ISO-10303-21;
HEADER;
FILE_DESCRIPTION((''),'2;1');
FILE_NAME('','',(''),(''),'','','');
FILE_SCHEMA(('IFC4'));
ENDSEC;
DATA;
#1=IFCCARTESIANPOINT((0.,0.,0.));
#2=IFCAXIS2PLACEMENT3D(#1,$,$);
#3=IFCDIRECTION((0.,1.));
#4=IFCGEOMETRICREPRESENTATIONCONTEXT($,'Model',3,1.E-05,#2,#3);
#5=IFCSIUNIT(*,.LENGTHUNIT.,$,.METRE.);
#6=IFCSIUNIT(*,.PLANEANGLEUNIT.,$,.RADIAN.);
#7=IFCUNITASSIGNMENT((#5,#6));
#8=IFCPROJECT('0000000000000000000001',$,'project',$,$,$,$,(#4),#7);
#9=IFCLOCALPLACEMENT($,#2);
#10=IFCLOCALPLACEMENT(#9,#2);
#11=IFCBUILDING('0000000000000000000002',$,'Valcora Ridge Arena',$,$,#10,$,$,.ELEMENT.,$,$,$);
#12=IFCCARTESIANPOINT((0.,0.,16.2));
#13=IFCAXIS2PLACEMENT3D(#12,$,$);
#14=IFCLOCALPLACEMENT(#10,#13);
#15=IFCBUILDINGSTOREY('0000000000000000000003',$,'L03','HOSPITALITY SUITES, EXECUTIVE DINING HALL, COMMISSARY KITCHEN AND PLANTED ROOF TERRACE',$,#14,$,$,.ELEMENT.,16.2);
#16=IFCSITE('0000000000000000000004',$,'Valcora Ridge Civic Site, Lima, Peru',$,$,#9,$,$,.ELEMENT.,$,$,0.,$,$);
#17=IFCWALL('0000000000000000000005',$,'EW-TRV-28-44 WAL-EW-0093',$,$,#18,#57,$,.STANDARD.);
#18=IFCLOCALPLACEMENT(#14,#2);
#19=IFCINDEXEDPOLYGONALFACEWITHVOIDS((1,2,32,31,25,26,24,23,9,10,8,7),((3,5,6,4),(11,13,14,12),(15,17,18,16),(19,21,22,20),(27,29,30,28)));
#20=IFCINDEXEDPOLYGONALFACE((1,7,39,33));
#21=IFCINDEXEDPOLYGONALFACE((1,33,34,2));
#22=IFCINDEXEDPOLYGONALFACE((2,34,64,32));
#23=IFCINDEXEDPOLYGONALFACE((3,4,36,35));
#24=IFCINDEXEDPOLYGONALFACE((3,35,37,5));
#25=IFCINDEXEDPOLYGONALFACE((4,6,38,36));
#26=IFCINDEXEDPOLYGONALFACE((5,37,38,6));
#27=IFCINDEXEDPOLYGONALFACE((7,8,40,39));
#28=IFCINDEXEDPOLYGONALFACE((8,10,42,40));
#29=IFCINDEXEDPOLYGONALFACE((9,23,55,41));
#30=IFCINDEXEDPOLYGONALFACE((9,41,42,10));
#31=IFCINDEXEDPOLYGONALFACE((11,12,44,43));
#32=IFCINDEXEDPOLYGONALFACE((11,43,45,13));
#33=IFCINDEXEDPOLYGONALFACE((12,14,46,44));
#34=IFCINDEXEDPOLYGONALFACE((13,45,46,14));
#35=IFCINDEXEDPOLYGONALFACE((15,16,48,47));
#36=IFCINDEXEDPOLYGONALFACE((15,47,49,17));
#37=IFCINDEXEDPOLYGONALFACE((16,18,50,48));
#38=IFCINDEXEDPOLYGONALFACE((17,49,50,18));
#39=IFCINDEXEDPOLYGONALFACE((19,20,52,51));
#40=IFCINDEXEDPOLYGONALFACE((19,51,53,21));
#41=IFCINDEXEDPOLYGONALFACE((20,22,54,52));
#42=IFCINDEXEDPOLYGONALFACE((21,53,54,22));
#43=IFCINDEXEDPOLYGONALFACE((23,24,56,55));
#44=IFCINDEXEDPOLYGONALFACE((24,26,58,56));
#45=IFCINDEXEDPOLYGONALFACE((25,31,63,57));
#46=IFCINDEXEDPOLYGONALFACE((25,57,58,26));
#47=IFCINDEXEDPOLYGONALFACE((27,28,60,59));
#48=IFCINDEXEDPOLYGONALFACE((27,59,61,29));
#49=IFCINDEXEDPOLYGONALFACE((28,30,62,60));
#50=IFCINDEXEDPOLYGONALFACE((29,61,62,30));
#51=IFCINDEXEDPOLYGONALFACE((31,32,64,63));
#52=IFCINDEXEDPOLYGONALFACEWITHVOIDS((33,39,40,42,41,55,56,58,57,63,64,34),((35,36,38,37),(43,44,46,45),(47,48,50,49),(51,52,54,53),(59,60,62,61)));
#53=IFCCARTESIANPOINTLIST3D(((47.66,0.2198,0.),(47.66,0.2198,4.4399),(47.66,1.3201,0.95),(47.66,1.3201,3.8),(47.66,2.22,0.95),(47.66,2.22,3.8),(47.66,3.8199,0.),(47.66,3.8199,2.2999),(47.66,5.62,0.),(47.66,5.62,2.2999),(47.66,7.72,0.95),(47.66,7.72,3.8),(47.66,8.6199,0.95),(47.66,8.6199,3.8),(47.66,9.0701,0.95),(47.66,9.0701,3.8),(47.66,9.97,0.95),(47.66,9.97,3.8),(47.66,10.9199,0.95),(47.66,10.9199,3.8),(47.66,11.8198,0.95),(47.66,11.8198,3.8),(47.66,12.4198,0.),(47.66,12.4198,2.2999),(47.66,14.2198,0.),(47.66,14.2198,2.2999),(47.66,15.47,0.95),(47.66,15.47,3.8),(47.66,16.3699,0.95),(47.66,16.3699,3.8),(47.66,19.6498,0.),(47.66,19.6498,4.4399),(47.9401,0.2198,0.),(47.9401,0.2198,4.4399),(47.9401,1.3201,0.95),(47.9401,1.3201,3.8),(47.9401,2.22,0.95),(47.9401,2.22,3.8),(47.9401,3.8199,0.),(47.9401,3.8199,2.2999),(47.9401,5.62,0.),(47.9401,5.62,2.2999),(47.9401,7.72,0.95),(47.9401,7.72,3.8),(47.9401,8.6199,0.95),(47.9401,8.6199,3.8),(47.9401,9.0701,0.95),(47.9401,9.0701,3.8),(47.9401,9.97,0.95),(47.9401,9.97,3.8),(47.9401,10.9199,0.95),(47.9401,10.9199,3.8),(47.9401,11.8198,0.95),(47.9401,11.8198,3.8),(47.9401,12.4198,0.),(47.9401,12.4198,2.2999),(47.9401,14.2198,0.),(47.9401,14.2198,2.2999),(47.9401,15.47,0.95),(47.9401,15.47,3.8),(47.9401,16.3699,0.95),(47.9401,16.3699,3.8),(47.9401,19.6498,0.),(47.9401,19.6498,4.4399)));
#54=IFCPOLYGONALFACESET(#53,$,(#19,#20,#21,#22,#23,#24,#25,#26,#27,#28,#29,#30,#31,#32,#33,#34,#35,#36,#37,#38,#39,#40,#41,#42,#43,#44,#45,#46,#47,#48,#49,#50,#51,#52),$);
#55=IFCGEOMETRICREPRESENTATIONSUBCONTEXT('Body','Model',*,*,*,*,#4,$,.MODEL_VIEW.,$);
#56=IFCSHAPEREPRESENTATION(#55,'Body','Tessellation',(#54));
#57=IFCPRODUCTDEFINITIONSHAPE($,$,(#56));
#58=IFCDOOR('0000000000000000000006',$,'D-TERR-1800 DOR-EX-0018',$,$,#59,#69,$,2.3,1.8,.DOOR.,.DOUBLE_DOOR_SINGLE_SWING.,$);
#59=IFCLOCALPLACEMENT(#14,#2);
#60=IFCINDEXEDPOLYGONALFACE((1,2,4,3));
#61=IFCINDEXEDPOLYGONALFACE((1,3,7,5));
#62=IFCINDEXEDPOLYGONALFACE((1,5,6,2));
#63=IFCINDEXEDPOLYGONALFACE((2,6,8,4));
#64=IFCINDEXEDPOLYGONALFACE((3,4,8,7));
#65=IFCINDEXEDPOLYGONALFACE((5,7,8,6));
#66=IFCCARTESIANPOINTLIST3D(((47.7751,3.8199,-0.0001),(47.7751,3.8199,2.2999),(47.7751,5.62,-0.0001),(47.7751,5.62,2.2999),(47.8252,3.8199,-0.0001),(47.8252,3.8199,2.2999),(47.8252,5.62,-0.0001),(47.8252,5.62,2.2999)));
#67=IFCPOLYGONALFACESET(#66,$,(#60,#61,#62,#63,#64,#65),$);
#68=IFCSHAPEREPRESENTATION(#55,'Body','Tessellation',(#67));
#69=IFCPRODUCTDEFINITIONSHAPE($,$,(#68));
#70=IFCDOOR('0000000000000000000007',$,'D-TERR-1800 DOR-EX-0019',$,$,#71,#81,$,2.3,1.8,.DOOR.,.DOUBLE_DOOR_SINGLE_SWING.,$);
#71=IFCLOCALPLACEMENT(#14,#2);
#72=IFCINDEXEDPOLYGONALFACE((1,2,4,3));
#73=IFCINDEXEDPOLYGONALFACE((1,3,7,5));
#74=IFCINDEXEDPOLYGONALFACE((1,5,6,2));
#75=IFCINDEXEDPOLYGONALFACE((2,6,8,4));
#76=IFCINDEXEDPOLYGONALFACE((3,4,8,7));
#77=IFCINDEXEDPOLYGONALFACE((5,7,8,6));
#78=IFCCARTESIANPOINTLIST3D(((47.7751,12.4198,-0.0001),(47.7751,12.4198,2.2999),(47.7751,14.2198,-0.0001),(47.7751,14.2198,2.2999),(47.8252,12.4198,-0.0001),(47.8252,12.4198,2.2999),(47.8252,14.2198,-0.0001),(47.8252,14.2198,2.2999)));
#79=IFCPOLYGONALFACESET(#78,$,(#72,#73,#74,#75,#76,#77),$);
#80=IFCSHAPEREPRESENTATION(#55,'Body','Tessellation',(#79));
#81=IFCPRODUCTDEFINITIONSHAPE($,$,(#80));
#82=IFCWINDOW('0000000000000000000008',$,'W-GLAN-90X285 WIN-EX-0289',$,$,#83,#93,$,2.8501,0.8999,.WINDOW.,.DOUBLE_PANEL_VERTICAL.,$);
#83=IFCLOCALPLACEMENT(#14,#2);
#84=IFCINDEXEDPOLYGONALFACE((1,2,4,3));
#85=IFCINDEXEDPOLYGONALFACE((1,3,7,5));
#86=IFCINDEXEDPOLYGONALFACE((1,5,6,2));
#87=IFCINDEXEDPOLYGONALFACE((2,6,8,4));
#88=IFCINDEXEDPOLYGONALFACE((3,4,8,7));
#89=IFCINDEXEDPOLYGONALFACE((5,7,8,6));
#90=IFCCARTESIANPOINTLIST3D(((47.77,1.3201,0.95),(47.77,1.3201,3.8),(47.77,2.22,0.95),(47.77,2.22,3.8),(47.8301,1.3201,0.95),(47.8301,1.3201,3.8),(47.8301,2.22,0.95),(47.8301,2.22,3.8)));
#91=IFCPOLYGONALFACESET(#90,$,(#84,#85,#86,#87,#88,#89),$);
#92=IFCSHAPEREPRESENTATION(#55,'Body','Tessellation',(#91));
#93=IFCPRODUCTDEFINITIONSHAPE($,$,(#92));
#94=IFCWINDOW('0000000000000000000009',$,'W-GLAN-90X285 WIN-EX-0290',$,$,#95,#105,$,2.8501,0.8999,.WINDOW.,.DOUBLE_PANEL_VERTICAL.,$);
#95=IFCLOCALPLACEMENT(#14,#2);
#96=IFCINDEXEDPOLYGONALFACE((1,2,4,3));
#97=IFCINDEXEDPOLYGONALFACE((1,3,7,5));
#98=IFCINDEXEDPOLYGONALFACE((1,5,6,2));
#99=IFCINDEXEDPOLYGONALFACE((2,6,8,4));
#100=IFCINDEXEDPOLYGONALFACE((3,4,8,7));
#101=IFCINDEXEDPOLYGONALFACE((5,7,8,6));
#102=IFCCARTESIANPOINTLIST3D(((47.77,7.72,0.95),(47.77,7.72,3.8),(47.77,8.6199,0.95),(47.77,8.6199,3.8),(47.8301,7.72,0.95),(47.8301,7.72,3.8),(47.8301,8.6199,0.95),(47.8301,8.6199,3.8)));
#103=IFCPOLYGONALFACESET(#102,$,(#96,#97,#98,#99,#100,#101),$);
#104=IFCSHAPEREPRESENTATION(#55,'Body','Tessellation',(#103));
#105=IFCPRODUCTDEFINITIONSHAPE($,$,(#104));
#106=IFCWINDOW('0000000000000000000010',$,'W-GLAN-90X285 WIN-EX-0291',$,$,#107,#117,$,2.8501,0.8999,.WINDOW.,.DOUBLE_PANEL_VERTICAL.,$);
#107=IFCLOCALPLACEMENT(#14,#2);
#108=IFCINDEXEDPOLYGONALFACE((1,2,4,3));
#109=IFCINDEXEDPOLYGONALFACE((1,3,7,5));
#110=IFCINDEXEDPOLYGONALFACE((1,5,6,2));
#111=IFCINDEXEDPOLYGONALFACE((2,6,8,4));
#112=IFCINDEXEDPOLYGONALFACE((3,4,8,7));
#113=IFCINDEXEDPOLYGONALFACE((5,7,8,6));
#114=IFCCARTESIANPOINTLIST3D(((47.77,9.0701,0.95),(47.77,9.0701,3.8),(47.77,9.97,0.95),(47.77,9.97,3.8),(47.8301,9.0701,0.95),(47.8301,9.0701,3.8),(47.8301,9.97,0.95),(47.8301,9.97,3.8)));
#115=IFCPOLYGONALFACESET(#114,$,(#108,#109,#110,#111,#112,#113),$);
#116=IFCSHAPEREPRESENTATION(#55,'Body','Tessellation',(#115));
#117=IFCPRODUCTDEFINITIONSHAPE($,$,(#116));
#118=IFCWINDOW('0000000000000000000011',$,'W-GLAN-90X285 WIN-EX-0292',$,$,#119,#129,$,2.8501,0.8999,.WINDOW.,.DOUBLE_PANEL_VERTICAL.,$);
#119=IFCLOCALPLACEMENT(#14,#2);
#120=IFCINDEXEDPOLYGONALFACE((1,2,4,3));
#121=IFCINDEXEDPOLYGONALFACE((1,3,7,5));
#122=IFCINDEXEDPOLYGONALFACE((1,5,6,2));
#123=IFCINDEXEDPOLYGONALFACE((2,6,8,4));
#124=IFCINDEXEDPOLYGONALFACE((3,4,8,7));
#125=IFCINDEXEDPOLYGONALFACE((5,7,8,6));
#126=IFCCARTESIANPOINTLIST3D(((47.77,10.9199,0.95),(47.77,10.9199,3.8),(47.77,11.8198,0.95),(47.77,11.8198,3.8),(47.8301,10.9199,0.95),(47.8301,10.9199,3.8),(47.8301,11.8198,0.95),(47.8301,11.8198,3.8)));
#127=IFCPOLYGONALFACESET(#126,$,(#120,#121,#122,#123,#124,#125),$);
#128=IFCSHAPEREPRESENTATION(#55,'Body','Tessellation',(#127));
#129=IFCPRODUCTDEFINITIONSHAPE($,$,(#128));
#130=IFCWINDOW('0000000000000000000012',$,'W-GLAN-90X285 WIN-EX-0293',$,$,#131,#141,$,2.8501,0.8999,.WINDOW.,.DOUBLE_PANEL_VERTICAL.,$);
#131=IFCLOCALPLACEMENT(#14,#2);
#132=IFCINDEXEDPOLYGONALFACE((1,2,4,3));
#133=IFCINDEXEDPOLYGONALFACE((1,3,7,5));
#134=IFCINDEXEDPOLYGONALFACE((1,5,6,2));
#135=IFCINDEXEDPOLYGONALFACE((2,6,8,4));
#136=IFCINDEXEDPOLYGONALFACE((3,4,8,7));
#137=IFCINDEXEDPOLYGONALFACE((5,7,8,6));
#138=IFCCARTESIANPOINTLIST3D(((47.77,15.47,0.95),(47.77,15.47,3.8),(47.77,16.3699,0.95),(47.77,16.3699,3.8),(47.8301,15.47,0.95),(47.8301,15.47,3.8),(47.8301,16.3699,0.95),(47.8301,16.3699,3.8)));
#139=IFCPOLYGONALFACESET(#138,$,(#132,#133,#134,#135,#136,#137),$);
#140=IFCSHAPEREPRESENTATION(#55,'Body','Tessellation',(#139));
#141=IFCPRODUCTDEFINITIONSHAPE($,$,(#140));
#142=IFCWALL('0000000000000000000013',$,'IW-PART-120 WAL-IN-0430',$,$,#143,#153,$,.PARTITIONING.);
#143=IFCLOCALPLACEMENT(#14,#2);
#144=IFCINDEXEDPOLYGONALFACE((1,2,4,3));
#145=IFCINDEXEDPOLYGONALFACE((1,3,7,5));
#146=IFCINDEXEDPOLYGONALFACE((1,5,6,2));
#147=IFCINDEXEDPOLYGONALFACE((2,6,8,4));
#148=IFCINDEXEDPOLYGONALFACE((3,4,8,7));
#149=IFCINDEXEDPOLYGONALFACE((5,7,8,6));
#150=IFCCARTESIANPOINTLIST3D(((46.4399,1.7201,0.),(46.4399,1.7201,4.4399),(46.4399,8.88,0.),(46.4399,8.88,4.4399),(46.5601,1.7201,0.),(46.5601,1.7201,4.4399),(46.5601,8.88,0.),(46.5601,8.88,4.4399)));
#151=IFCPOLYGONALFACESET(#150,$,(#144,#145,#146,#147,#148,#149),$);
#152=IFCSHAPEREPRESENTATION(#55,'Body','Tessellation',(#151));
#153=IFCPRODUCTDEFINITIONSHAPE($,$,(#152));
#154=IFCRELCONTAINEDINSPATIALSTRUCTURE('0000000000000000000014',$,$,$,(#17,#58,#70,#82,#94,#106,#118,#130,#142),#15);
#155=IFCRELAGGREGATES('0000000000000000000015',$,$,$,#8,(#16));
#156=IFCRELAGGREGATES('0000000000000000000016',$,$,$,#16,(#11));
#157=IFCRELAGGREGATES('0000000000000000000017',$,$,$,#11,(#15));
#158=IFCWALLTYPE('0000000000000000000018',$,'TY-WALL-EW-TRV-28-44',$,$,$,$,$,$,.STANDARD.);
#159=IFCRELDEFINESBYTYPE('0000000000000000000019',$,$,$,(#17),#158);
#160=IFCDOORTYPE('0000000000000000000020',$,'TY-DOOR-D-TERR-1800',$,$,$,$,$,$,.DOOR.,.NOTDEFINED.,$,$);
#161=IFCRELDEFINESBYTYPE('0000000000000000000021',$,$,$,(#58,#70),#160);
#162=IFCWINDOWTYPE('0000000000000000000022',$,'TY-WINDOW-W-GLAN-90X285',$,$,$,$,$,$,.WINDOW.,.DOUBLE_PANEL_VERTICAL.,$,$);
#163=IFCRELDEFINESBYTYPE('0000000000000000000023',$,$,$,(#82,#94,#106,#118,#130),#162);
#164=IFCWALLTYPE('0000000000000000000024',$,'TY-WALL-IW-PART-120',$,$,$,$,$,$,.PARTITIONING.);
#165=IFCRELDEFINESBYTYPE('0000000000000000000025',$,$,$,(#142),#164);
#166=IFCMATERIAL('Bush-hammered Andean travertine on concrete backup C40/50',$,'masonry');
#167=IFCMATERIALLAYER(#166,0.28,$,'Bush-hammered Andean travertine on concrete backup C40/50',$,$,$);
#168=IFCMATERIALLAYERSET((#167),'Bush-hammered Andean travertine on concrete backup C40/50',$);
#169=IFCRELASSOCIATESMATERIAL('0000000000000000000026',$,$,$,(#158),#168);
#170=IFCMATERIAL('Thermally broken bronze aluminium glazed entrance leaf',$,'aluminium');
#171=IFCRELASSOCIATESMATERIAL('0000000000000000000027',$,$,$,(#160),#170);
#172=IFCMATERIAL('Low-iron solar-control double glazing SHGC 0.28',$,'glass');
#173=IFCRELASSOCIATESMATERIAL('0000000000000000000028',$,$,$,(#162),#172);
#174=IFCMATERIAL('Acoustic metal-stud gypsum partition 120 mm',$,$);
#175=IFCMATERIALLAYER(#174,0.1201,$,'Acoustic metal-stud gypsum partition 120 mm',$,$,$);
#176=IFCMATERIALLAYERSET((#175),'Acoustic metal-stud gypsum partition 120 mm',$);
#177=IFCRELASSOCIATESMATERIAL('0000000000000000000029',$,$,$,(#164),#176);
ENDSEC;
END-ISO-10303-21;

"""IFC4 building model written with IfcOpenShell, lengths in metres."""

from ifc_helpers import new_model, si_unit, direction, frame, frame_2d, origin, place, context, subcontext, project, spatial, rectangle, extrude, material, layer, layer_set, type_object, element, fill, save


model = new_model("IFC4")

# Units and contexts
model_context = context("Model", 3, precision=1e-05, world=origin(), true_north=direction((0.0, 1.0)))
body_context = subcontext(model_context, "Body", "Model", "MODEL_VIEW")
ifc_project = project(units=[si_unit("LENGTHUNIT", "METRE"), si_unit("PLANEANGLEUNIT", "RADIAN")], contexts=[model_context])

# Site, building, storey
site_placement = place(None, origin())
site = spatial("IfcSite", under=ifc_project, at=site_placement, Name="Valcora Ridge Civic Site, Lima, Peru", CompositionType="ELEMENT", RefElevation=0.0)
building_placement = place(site_placement, origin())
building = spatial("IfcBuilding", under=site, at=building_placement, Name="Valcora Ridge Arena", CompositionType="ELEMENT")
storey_placement = place(building_placement, frame((0.0, 0.0, 16.2)))
storey = spatial("IfcBuildingStorey", under=building, at=storey_placement, Name="L03", Description="HOSPITALITY SUITES, EXECUTIVE DINING HALL, COMMISSARY KITCHEN AND PLANTED ROOF TERRACE", CompositionType="ELEMENT", Elevation=16.2)

# Shared definitions
ifc_material_1 = material(Name="Low-iron solar-control double glazing SHGC 0.28", Category="glass")

# Wall, openings, doors, windows
ifc_material_2 = material(Name="Bush-hammered Andean travertine on concrete backup C40/50", Category="masonry")
ifc_layer_1 = layer(ifc_material_2, 0.28, Name="Bush-hammered Andean travertine on concrete backup C40/50")
ifc_layer_set_1 = layer_set([ifc_layer_1], Name="Bush-hammered Andean travertine on concrete backup C40/50")
wall_type_1 = type_object("IfcWallType", Name="TY-WALL-EW-TRV-28-44", PredefinedType="STANDARD", material=ifc_layer_set_1)
wall_1_placement = place(storey_placement, frame((47.8, 0.22, 0.0), z_axis=(0.0, 0.0, 1.0), x_axis=(0.0, 1.0, 0.0)))
wall_1 = element("IfcWall", 1, at=wall_1_placement, inside=storey, type_object=wall_type_1, Name="EW-TRV-28-44 WAL-EW-0093", PredefinedType="STANDARD", context=body_context, shape_type="SweptSolid", body=[
    extrude(rectangle(XDim=19.4299, YDim=0.28, at=frame_2d((9.7148, 0.0))), origin(), (0.0, 0.0, 1.0), 4.4399),
])
opening_1_placement = place(wall_1_placement, frame((3.6001, 0.0, 0.0)))
opening_1 = element("IfcOpeningElement", 2, at=opening_1_placement, cuts=wall_1, PredefinedType="OPENING", context=body_context, shape_type="SweptSolid", body=[
    extrude(rectangle(XDim=1.8, YDim=2.3, at=frame_2d((0.8999, 1.1499))), frame((0.0, 0.1499, 0.0), z_axis=(0.0, -1.0, 0.0), x_axis=(1.0, 0.0, 0.0)), (0.0, 0.0, 1.0), 0.3),
])
opening_2_placement = place(wall_1_placement, frame((12.2, 0.0, 0.0)))
opening_2 = element("IfcOpeningElement", 3, at=opening_2_placement, cuts=wall_1, PredefinedType="OPENING", context=body_context, shape_type="SweptSolid", body=[
    extrude(rectangle(XDim=1.8, YDim=2.3, at=frame_2d((0.8999, 1.1499))), frame((0.0, 0.1499, 0.0), z_axis=(0.0, -1.0, 0.0), x_axis=(1.0, 0.0, 0.0)), (0.0, 0.0, 1.0), 0.3),
])
opening_3_placement = place(wall_1_placement, frame((1.1001, 0.0, 0.95)))
opening_3 = element("IfcOpeningElement", 4, at=opening_3_placement, cuts=wall_1, PredefinedType="OPENING", context=body_context, shape_type="SweptSolid", body=[
    extrude(rectangle(XDim=0.8999, YDim=2.8501, at=frame_2d((0.45, 1.425))), frame((0.0, 0.1499, 0.0), z_axis=(0.0, -1.0, 0.0), x_axis=(1.0, 0.0, 0.0)), (0.0, 0.0, 1.0), 0.3),
])
opening_4_placement = place(wall_1_placement, frame((7.5, 0.0, 0.95)))
opening_4 = element("IfcOpeningElement", 5, at=opening_4_placement, cuts=wall_1, PredefinedType="OPENING", context=body_context, shape_type="SweptSolid", body=[
    extrude(rectangle(XDim=0.8999, YDim=2.8501, at=frame_2d((0.45, 1.425))), frame((0.0, 0.1499, 0.0), z_axis=(0.0, -1.0, 0.0), x_axis=(1.0, 0.0, 0.0)), (0.0, 0.0, 1.0), 0.3),
])
opening_5_placement = place(wall_1_placement, frame((8.8501, 0.0, 0.95)))
opening_5 = element("IfcOpeningElement", 6, at=opening_5_placement, cuts=wall_1, PredefinedType="OPENING", context=body_context, shape_type="SweptSolid", body=[
    extrude(rectangle(XDim=0.8999, YDim=2.8501, at=frame_2d((0.45, 1.425))), frame((0.0, 0.1499, 0.0), z_axis=(0.0, -1.0, 0.0), x_axis=(1.0, 0.0, 0.0)), (0.0, 0.0, 1.0), 0.3),
])
opening_6_placement = place(wall_1_placement, frame((10.7, 0.0, 0.95)))
opening_6 = element("IfcOpeningElement", 7, at=opening_6_placement, cuts=wall_1, PredefinedType="OPENING", context=body_context, shape_type="SweptSolid", body=[
    extrude(rectangle(XDim=0.8999, YDim=2.8501, at=frame_2d((0.45, 1.425))), frame((0.0, 0.1499, 0.0), z_axis=(0.0, -1.0, 0.0), x_axis=(1.0, 0.0, 0.0)), (0.0, 0.0, 1.0), 0.3),
])
opening_7_placement = place(wall_1_placement, frame((15.25, 0.0, 0.95)))
opening_7 = element("IfcOpeningElement", 8, at=opening_7_placement, cuts=wall_1, PredefinedType="OPENING", context=body_context, shape_type="SweptSolid", body=[
    extrude(rectangle(XDim=0.8999, YDim=2.8501, at=frame_2d((0.45, 1.425))), frame((0.0, 0.1499, 0.0), z_axis=(0.0, -1.0, 0.0), x_axis=(1.0, 0.0, 0.0)), (0.0, 0.0, 1.0), 0.3),
])
ifc_material_3 = material(Name="Thermally broken bronze aluminium glazed entrance leaf", Category="aluminium")
door_type = type_object("IfcDoorType", Name="TY-DOOR-D-TERR-1800", OperationType="NOTDEFINED", PredefinedType="DOOR", material=ifc_material_3)
door_1_placement = place(opening_1_placement, origin())
door_1 = element("IfcDoor", 9, at=door_1_placement, inside=storey, type_object=door_type, Name="D-TERR-1800 DOR-EX-0018", OperationType="DOUBLE_DOOR_SINGLE_SWING", OverallHeight=2.3, OverallWidth=1.8, PredefinedType="DOOR", context=body_context, shape_type="SweptSolid", body=[
    extrude(rectangle(XDim=1.8, YDim=2.3, at=frame_2d((0.8999, 1.1499))), frame((0.0, 0.0249, 0.0), z_axis=(0.0, -1.0, 0.0), x_axis=(1.0, 0.0, 0.0)), (0.0, 0.0, 1.0), 0.05),
])
fill(opening_1, door_1)
door_2_placement = place(opening_2_placement, origin())
door_2 = element("IfcDoor", 10, at=door_2_placement, inside=storey, type_object=door_type, Name="D-TERR-1800 DOR-EX-0019", OperationType="DOUBLE_DOOR_SINGLE_SWING", OverallHeight=2.3, OverallWidth=1.8, PredefinedType="DOOR", context=body_context, shape_type="SweptSolid", body=[
    extrude(rectangle(XDim=1.8, YDim=2.3, at=frame_2d((0.8999, 1.1499))), frame((0.0, 0.0249, 0.0), z_axis=(0.0, -1.0, 0.0), x_axis=(1.0, 0.0, 0.0)), (0.0, 0.0, 1.0), 0.05),
])
fill(opening_2, door_2)
window_type = type_object("IfcWindowType", Name="TY-WINDOW-W-GLAN-90X285", PartitioningType="DOUBLE_PANEL_VERTICAL", PredefinedType="WINDOW", material=ifc_material_1)
window_1_placement = place(opening_3_placement, origin())
window_1 = element("IfcWindow", 11, at=window_1_placement, inside=storey, type_object=window_type, Name="W-GLAN-90X285 WIN-EX-0289", OverallHeight=2.8501, OverallWidth=0.8999, PartitioningType="DOUBLE_PANEL_VERTICAL", PredefinedType="WINDOW", context=body_context, shape_type="SweptSolid", body=[
    extrude(rectangle(XDim=0.8999, YDim=2.8501, at=frame_2d((0.45, 1.425))), frame((0.0, 0.03, 0.0), z_axis=(0.0, -1.0, 0.0), x_axis=(1.0, 0.0, 0.0)), (0.0, 0.0, 1.0), 0.0601),
])
fill(opening_3, window_1)
window_2_placement = place(opening_4_placement, origin())
window_2 = element("IfcWindow", 12, at=window_2_placement, inside=storey, type_object=window_type, Name="W-GLAN-90X285 WIN-EX-0290", OverallHeight=2.8501, OverallWidth=0.8999, PartitioningType="DOUBLE_PANEL_VERTICAL", PredefinedType="WINDOW", context=body_context, shape_type="SweptSolid", body=[
    extrude(rectangle(XDim=0.8999, YDim=2.8501, at=frame_2d((0.45, 1.425))), frame((0.0, 0.03, 0.0), z_axis=(0.0, -1.0, 0.0), x_axis=(1.0, 0.0, 0.0)), (0.0, 0.0, 1.0), 0.0601),
])
fill(opening_4, window_2)
window_3_placement = place(opening_5_placement, origin())
window_3 = element("IfcWindow", 13, at=window_3_placement, inside=storey, type_object=window_type, Name="W-GLAN-90X285 WIN-EX-0291", OverallHeight=2.8501, OverallWidth=0.8999, PartitioningType="DOUBLE_PANEL_VERTICAL", PredefinedType="WINDOW", context=body_context, shape_type="SweptSolid", body=[
    extrude(rectangle(XDim=0.8999, YDim=2.8501, at=frame_2d((0.45, 1.425))), frame((0.0, 0.03, 0.0), z_axis=(0.0, -1.0, 0.0), x_axis=(1.0, 0.0, 0.0)), (0.0, 0.0, 1.0), 0.0601),
])
fill(opening_5, window_3)
window_4_placement = place(opening_6_placement, origin())
window_4 = element("IfcWindow", 14, at=window_4_placement, inside=storey, type_object=window_type, Name="W-GLAN-90X285 WIN-EX-0292", OverallHeight=2.8501, OverallWidth=0.8999, PartitioningType="DOUBLE_PANEL_VERTICAL", PredefinedType="WINDOW", context=body_context, shape_type="SweptSolid", body=[
    extrude(rectangle(XDim=0.8999, YDim=2.8501, at=frame_2d((0.45, 1.425))), frame((0.0, 0.03, 0.0), z_axis=(0.0, -1.0, 0.0), x_axis=(1.0, 0.0, 0.0)), (0.0, 0.0, 1.0), 0.0601),
])
fill(opening_6, window_4)
window_5_placement = place(opening_7_placement, origin())
window_5 = element("IfcWindow", 15, at=window_5_placement, inside=storey, type_object=window_type, Name="W-GLAN-90X285 WIN-EX-0293", OverallHeight=2.8501, OverallWidth=0.8999, PartitioningType="DOUBLE_PANEL_VERTICAL", PredefinedType="WINDOW", context=body_context, shape_type="SweptSolid", body=[
    extrude(rectangle(XDim=0.8999, YDim=2.8501, at=frame_2d((0.45, 1.425))), frame((0.0, 0.03, 0.0), z_axis=(0.0, -1.0, 0.0), x_axis=(1.0, 0.0, 0.0)), (0.0, 0.0, 1.0), 0.0601),
])
fill(opening_7, window_5)

# Wall
ifc_material_4 = material(Name="Acoustic metal-stud gypsum partition 120 mm")
ifc_layer_2 = layer(ifc_material_4, 0.1201, Name="Acoustic metal-stud gypsum partition 120 mm")
ifc_layer_set_2 = layer_set([ifc_layer_2], Name="Acoustic metal-stud gypsum partition 120 mm")
wall_type_2 = type_object("IfcWallType", Name="TY-WALL-IW-PART-120", PredefinedType="PARTITIONING", material=ifc_layer_set_2)
wall_2_placement = place(storey_placement, frame((46.5, 1.72, 0.0), z_axis=(0.0, 0.0, 1.0), x_axis=(0.0, 1.0, 0.0)))
element("IfcWall", 16, at=wall_2_placement, inside=storey, type_object=wall_type_2, Name="IW-PART-120 WAL-IN-0430", PredefinedType="PARTITIONING", context=body_context, shape_type="SweptSolid", body=[
    extrude(rectangle(XDim=7.1599, YDim=0.1201, at=frame_2d((3.5801, 0.0))), origin(), (0.0, 0.0, 1.0), 4.4399),
])

save(model, "model.ifc")
